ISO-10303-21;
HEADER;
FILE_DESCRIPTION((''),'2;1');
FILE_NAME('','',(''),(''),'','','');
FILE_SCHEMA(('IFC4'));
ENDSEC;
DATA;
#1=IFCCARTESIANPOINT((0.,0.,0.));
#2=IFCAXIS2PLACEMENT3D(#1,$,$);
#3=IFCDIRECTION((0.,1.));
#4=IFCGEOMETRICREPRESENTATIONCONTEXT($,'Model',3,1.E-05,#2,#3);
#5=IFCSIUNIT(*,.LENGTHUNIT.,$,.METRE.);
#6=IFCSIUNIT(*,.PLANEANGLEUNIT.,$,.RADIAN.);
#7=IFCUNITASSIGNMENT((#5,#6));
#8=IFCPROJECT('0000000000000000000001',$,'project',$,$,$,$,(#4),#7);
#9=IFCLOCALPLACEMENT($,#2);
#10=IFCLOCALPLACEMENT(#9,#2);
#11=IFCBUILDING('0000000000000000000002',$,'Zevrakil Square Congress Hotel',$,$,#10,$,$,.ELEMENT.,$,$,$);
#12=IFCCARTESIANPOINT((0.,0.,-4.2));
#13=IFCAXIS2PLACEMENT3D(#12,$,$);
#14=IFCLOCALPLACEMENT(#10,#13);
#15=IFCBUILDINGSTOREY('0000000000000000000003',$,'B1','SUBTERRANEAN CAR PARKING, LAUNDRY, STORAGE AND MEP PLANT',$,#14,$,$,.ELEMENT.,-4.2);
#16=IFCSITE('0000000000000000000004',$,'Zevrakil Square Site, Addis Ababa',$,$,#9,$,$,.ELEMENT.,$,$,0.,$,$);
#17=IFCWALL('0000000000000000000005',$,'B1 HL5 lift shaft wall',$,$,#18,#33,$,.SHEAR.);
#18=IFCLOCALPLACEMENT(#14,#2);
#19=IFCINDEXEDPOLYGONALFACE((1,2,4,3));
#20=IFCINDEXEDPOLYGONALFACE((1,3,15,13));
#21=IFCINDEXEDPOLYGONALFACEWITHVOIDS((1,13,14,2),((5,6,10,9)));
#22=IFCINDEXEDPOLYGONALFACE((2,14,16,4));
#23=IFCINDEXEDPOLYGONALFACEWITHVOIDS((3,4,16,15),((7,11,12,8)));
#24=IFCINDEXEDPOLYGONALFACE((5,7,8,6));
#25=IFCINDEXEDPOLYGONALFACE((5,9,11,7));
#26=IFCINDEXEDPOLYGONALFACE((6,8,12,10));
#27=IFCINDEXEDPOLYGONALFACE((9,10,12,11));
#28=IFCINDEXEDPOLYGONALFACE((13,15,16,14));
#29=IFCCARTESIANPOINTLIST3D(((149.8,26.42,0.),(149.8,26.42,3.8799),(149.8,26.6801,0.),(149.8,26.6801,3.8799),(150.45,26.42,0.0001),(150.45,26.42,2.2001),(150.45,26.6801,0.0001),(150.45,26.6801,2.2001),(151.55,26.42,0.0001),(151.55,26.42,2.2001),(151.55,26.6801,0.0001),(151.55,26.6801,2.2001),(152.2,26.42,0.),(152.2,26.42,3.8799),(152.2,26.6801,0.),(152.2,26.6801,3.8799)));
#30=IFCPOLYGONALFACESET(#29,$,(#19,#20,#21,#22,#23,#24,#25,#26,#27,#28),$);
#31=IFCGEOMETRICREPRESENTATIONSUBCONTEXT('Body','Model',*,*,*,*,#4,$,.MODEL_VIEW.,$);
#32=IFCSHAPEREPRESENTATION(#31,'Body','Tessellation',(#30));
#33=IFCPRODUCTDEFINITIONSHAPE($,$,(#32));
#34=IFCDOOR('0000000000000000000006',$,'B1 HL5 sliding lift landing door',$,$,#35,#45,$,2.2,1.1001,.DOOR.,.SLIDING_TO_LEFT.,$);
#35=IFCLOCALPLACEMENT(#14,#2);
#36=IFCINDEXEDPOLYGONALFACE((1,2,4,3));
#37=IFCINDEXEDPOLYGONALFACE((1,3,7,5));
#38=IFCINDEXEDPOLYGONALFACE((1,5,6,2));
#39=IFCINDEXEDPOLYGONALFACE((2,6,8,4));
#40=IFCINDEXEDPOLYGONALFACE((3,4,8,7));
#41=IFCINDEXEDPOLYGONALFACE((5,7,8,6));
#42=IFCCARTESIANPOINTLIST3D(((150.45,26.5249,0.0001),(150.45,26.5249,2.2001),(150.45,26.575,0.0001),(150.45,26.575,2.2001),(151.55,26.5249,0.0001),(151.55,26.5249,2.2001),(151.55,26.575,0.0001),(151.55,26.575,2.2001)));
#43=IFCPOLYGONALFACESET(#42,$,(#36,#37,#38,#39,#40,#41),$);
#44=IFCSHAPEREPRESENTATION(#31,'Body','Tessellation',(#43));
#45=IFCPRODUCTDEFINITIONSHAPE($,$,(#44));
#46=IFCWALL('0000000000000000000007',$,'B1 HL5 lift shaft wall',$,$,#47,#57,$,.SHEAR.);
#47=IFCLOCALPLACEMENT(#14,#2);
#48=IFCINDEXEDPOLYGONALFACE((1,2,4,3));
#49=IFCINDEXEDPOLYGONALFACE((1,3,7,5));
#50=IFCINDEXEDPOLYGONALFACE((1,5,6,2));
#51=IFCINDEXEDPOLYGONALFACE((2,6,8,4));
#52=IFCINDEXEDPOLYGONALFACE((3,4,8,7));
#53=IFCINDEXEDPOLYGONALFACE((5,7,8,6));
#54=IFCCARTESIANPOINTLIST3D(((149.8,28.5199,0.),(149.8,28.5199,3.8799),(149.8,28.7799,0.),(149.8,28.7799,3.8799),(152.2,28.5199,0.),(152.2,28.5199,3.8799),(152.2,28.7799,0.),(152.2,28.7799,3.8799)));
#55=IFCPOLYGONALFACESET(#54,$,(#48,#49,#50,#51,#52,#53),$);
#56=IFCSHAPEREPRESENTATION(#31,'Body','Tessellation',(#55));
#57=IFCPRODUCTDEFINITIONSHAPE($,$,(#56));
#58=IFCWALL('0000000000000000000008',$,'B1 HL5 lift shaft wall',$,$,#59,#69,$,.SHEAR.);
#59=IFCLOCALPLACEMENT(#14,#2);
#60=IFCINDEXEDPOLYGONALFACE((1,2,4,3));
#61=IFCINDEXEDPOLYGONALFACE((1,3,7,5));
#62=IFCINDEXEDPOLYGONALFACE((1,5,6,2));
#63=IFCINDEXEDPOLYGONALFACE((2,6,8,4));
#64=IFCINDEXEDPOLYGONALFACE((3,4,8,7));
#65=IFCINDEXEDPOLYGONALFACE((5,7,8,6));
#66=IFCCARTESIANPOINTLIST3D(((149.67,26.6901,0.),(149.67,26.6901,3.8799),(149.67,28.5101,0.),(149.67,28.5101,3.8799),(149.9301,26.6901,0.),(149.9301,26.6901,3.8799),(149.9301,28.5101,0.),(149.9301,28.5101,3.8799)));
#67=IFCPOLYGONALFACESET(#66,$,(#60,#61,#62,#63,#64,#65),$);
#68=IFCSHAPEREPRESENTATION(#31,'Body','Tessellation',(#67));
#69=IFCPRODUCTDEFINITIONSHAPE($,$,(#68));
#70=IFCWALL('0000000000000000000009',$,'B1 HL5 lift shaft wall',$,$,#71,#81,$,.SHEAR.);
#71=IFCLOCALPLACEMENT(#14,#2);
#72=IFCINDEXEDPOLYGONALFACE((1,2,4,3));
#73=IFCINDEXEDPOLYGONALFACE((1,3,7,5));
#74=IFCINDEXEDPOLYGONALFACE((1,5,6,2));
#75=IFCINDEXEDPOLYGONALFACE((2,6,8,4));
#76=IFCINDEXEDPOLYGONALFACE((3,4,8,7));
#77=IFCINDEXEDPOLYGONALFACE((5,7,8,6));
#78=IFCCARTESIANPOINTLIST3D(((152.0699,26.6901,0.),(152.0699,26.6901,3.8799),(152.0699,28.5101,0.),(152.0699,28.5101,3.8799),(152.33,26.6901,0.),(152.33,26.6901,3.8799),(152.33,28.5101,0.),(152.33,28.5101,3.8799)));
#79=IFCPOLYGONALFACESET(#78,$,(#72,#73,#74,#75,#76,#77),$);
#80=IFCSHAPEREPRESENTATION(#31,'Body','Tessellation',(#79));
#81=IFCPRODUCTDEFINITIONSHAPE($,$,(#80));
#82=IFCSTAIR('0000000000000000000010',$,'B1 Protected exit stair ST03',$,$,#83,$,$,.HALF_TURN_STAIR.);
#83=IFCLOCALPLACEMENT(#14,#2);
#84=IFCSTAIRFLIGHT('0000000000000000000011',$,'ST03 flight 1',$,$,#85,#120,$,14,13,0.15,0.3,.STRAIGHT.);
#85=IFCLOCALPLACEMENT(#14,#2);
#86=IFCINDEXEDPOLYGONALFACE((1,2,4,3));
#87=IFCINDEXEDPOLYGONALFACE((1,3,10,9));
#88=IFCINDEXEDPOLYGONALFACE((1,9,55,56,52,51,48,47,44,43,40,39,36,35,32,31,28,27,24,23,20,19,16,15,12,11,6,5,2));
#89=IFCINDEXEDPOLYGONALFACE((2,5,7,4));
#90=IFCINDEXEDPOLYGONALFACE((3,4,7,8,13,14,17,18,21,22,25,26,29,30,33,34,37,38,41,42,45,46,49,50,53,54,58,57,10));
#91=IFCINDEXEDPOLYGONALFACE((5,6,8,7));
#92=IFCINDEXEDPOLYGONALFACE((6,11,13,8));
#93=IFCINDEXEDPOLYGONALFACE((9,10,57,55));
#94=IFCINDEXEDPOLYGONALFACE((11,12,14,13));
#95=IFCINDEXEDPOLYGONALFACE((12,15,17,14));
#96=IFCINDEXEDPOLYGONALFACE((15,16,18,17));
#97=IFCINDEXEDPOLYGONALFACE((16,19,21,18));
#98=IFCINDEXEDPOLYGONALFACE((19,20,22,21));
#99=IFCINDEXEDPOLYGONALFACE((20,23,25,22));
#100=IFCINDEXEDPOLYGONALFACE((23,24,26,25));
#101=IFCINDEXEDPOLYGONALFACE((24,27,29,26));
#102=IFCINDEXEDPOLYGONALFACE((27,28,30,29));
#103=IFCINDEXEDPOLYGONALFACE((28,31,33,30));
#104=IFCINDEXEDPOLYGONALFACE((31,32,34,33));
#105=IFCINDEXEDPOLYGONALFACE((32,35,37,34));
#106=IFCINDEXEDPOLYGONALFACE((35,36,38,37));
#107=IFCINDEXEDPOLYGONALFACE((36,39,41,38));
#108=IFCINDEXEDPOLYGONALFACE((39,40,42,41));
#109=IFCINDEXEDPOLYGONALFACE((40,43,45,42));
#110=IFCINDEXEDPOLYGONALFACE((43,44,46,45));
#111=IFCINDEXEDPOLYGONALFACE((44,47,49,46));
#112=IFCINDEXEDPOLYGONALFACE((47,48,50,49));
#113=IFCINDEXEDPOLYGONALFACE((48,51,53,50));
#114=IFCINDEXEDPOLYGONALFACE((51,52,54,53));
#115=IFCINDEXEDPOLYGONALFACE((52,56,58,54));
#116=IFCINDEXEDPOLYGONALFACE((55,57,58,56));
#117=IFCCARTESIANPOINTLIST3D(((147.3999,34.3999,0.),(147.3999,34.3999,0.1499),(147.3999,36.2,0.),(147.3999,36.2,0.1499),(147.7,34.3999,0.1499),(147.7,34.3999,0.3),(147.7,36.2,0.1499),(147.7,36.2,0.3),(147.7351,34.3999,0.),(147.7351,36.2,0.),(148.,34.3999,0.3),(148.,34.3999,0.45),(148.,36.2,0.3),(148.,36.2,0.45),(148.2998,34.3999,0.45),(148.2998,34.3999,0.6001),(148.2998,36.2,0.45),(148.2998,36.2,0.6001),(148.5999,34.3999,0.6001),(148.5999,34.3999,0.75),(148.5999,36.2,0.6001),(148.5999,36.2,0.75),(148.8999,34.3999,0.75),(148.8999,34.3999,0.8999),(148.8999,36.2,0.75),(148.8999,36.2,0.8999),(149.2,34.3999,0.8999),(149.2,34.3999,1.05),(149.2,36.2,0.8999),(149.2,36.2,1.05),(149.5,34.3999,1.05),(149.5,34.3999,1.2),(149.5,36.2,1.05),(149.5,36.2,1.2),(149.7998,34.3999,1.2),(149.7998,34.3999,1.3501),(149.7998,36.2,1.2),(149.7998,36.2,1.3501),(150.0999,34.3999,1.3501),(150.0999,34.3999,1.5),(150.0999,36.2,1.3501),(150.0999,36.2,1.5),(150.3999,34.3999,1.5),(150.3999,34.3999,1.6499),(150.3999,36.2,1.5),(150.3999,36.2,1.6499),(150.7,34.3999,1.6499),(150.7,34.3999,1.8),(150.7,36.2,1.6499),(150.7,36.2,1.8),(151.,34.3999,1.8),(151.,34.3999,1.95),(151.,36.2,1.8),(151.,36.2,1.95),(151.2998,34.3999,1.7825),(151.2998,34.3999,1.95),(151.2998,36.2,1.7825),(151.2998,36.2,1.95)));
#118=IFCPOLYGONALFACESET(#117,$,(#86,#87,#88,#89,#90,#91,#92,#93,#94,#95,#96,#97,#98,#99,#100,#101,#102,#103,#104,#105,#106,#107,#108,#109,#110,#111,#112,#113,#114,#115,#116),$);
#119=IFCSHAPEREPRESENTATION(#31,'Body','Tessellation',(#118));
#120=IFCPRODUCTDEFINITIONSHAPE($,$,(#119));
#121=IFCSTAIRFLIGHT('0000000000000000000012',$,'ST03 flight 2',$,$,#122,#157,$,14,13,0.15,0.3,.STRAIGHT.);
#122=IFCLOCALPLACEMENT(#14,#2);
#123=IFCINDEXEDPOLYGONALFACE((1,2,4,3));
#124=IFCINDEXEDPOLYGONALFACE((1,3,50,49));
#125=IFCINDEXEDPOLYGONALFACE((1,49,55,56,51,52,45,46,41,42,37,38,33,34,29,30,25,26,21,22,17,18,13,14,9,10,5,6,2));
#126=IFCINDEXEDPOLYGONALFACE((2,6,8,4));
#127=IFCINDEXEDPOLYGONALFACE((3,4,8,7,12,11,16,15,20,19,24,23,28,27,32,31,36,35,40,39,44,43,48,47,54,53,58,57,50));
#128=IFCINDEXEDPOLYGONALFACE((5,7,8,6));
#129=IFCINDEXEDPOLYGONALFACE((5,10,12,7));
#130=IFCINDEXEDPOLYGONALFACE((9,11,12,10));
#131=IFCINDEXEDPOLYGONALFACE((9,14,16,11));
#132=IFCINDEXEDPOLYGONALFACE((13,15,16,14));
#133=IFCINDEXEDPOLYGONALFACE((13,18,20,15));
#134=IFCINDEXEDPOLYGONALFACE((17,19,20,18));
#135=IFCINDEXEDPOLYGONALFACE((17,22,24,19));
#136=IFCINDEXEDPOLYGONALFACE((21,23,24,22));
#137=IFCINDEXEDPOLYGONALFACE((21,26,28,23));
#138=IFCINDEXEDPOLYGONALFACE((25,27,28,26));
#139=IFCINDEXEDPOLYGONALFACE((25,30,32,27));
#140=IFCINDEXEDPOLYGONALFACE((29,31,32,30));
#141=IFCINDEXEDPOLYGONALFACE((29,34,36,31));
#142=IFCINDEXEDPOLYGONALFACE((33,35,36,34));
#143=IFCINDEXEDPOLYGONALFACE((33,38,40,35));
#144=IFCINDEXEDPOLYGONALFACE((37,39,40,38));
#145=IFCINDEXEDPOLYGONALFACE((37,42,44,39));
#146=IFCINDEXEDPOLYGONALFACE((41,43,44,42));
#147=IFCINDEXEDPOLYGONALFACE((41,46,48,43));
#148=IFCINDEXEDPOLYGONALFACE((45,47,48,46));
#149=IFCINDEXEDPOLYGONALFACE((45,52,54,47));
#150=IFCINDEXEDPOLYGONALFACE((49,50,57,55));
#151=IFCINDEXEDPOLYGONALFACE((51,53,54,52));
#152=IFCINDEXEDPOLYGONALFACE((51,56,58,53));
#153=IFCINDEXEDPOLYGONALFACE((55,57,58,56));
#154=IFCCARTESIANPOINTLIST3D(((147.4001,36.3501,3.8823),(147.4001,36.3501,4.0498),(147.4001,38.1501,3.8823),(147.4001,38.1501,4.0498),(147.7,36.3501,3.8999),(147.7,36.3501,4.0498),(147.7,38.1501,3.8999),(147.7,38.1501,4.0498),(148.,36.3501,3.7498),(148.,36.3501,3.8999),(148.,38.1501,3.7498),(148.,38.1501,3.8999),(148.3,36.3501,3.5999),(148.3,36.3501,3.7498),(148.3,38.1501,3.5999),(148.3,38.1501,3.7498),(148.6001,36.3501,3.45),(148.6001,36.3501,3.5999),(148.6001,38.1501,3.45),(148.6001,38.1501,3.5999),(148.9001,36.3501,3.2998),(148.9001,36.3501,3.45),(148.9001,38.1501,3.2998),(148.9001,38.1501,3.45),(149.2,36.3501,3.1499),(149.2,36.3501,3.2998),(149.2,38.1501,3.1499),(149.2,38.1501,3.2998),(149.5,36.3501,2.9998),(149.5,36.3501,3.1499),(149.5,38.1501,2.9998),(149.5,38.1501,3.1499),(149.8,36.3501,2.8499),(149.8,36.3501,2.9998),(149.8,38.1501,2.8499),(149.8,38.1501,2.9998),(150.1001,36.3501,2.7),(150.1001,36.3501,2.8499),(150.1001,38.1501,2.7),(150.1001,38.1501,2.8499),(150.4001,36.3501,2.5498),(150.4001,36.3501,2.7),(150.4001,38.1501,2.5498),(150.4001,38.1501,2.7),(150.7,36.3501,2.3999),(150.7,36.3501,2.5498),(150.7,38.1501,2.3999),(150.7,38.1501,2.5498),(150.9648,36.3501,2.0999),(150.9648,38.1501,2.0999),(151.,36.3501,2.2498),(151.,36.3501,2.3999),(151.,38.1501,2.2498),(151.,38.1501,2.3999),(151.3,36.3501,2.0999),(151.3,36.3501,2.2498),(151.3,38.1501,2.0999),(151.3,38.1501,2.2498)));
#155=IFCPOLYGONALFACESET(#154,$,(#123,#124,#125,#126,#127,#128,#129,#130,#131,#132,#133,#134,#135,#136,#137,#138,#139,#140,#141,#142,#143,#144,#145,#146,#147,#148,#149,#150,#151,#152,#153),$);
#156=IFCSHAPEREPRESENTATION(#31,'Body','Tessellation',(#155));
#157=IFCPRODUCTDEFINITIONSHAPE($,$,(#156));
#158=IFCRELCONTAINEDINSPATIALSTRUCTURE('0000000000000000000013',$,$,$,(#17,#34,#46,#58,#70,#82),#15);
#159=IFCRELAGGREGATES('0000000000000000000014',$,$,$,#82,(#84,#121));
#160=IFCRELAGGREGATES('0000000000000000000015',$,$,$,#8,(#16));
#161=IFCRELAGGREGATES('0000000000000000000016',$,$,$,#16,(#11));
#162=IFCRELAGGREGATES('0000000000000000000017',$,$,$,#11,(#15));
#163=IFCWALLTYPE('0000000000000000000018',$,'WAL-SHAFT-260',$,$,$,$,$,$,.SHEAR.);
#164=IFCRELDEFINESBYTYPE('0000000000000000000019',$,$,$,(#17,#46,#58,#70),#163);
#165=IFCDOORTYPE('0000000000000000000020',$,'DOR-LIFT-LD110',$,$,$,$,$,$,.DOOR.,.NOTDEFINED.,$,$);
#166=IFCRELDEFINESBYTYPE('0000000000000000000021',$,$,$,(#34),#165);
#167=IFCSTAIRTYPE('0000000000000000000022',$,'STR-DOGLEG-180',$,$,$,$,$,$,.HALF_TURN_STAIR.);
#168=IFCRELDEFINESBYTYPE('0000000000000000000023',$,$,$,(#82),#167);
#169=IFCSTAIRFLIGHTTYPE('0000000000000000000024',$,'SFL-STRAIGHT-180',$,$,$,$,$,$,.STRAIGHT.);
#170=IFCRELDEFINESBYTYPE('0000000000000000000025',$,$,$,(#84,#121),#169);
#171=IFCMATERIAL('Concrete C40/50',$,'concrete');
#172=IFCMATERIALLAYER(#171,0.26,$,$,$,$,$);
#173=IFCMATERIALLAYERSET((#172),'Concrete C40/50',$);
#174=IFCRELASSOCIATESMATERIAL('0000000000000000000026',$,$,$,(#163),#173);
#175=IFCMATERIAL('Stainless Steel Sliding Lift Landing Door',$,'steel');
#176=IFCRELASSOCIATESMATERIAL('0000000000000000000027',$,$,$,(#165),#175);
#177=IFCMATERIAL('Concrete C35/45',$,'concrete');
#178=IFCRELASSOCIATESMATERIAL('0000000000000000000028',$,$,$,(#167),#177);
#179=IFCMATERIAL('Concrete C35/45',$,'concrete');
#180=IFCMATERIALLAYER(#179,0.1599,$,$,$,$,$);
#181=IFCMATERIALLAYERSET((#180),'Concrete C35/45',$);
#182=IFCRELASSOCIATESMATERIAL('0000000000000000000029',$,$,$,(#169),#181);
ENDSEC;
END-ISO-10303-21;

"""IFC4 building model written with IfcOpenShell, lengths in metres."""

from ifc_helpers import new_model, si_unit, direction, frame, frame_2d, origin, place, context, subcontext, project, spatial, polyline, rectangle, outline, extrude, material, layer, layer_set, type_object, element, fill, aggregate, save


model = new_model("IFC4")

# Units and contexts
model_context = context("Model", 3, precision=1e-05, world=origin(), true_north=direction((0.0, 1.0)))
body_context = subcontext(model_context, "Body", "Model", "MODEL_VIEW")
ifc_project = project(units=[si_unit("LENGTHUNIT", "METRE"), si_unit("PLANEANGLEUNIT", "RADIAN")], contexts=[model_context])

# Site, building, storey
site_placement = place(None, origin())
site = spatial("IfcSite", under=ifc_project, at=site_placement, Name="Zevrakil Square Site, Addis Ababa", CompositionType="ELEMENT", RefElevation=0.0)
building_placement = place(site_placement, origin())
building = spatial("IfcBuilding", under=site, at=building_placement, Name="Zevrakil Square Congress Hotel", CompositionType="ELEMENT")
storey_placement = place(building_placement, frame((0.0, 0.0, -4.2)))
storey = spatial("IfcBuildingStorey", under=building, at=storey_placement, Name="B1", Description="SUBTERRANEAN CAR PARKING, LAUNDRY, STORAGE AND MEP PLANT", CompositionType="ELEMENT", Elevation=-4.2)

# Shared definitions
ifc_material_1 = material(Name="Concrete C40/50", Category="concrete")
ifc_layer_1 = layer(ifc_material_1, 0.26)
ifc_layer_set_1 = layer_set([ifc_layer_1], Name="Concrete C40/50")
wall_type_1 = type_object("IfcWallType", Name="WAL-SHAFT-260", PredefinedType="SHEAR", material=ifc_layer_set_1)

# Wall, opening, door
wall_1_placement = place(storey_placement, frame((149.8, 26.55, 0.0), z_axis=(0.0, 0.0, 1.0), x_axis=(1.0, 0.0, 0.0)))
wall_1 = element("IfcWall", 1, at=wall_1_placement, inside=storey, type_object=wall_type_1, Name="B1 HL5 lift shaft wall", PredefinedType="SHEAR", context=body_context, shape_type="SweptSolid", body=[
    extrude(rectangle(XDim=2.3999, YDim=0.26, at=frame_2d((1.2, 0.0))), origin(), (0.0, 0.0, 1.0), 3.8799),
])
opening_placement = place(wall_1_placement, frame((0.6499, 0.0, 0.0)))
opening = element("IfcOpeningElement", 2, at=opening_placement, cuts=wall_1, PredefinedType="OPENING", context=body_context, shape_type="SweptSolid", body=[
    extrude(rectangle(XDim=1.1001, YDim=2.2, at=frame_2d((0.55, 1.1001))), frame((0.0, 0.1401, 0.0), z_axis=(0.0, -1.0, 0.0), x_axis=(1.0, 0.0, 0.0)), (0.0, 0.0, 1.0), 0.28),
])
ifc_material_2 = material(Name="Stainless Steel Sliding Lift Landing Door", Category="steel")
door_type = type_object("IfcDoorType", Name="DOR-LIFT-LD110", OperationType="NOTDEFINED", PredefinedType="DOOR", material=ifc_material_2)
door_placement = place(opening_placement, origin())
door = element("IfcDoor", 3, at=door_placement, inside=storey, type_object=door_type, Name="B1 HL5 sliding lift landing door", OperationType="SLIDING_TO_LEFT", OverallHeight=2.2, OverallWidth=1.1001, PredefinedType="DOOR", context=body_context, shape_type="SweptSolid", body=[
    extrude(rectangle(XDim=1.1001, YDim=2.2, at=frame_2d((0.55, 1.1001))), frame((0.0, 0.0249, 0.0), z_axis=(0.0, -1.0, 0.0), x_axis=(1.0, 0.0, 0.0)), (0.0, 0.0, 1.0), 0.05),
])
fill(opening, door)

# Walls
wall_2_placement = place(storey_placement, frame((149.8, 28.6499, 0.0), z_axis=(0.0, 0.0, 1.0), x_axis=(1.0, 0.0, 0.0)))
element("IfcWall", 4, at=wall_2_placement, inside=storey, type_object=wall_type_1, Name="B1 HL5 lift shaft wall", PredefinedType="SHEAR", context=body_context, shape_type="SweptSolid", body=[
    extrude(rectangle(XDim=2.3999, YDim=0.26, at=frame_2d((1.2, 0.0))), origin(), (0.0, 0.0, 1.0), 3.8799),
])
for number, where, z_axis, x_axis, name in (
    (5, (149.8, 26.6899, 0.0), (0.0, 0.0, 1.0), (0.0, 1.0, 0.0), "B1 HL5 lift shaft wall"),
    (6, (152.2, 26.6899, 0.0), (0.0, 0.0, 1.0), (0.0, 1.0, 0.0), "B1 HL5 lift shaft wall"),
):
    element("IfcWall", number, at=place(storey_placement, frame(where, z_axis=z_axis, x_axis=x_axis)), inside=storey, type_object=wall_type_1, Name=name, PredefinedType="SHEAR", context=body_context, shape_type="SweptSolid", body=[
        extrude(rectangle(XDim=1.8201, YDim=0.26, at=frame_2d((0.9102, 0.0))), origin(), (0.0, 0.0, 1.0), 3.8799),
    ])

# Stair, stair flights
ifc_material_3 = material(Name="Concrete C35/45", Category="concrete")
stair_type = type_object("IfcStairType", Name="STR-DOGLEG-180", PredefinedType="HALF_TURN_STAIR", material=ifc_material_3)
stair_placement = place(storey_placement, origin())
stair = element("IfcStair", 7, at=stair_placement, inside=storey, type_object=stair_type, Name="B1 Protected exit stair ST03", PredefinedType="HALF_TURN_STAIR")
ifc_material_4 = material(Name="Concrete C35/45", Category="concrete")
ifc_layer_2 = layer(ifc_material_4, 0.1599)
ifc_layer_set_2 = layer_set([ifc_layer_2], Name="Concrete C35/45")
stair_flight_type = type_object("IfcStairFlightType", Name="SFL-STRAIGHT-180", PredefinedType="STRAIGHT", material=ifc_layer_set_2)
stair_flight_1_placement = place(storey_placement, frame((147.3999, 35.3, 0.0), z_axis=(0.0, 0.0, 1.0), x_axis=(1.0, 0.0, 0.0)))
stair_flight_1 = element("IfcStairFlight", 8, at=stair_flight_1_placement, type_object=stair_flight_type, Name="ST03 flight 1", NumberOfRisers=14, NumberOfTreads=13, PredefinedType="STRAIGHT", RiserHeight=0.15, TreadLength=0.3, context=body_context, shape_type="SweptSolid", body=[
    extrude(outline(polyline([(0.0, 0.0), (0.0, 0.1499), (0.3, 0.1499), (0.3, 0.3), (0.6001, 0.3), (0.6001, 0.45), (0.8999, 0.45), (0.8999, 0.6001), (1.2, 0.6001), (1.2, 0.75), (1.5, 0.75), (1.5, 0.8999), (1.8, 0.8999), (1.8, 1.05), (2.1001, 1.05), (2.1001, 1.2), (2.3999, 1.2), (2.3999, 1.3501), (2.7, 1.3501), (2.7, 1.5), (3.0, 1.5), (3.0, 1.6499), (3.3, 1.6499), (3.3, 1.8), (3.6001, 1.8), (3.6001, 1.95), (3.8999, 1.95), (3.8999, 2.1001), (3.8999, 1.7825), (0.3352, 0.0), (0.0, 0.0)])), frame((0.0, 0.8999, 0.0), z_axis=(0.0, -1.0, 0.0), x_axis=(1.0, 0.0, 0.0)), (0.0, 0.0, 1.0), 1.8),
])
stair_flight_2_placement = place(storey_placement, frame((151.3, 37.25, 2.0999), z_axis=(0.0, 0.0, 1.0), x_axis=(-1.0, 0.0, 0.0)))
stair_flight_2 = element("IfcStairFlight", 9, at=stair_flight_2_placement, type_object=stair_flight_type, Name="ST03 flight 2", NumberOfRisers=14, NumberOfTreads=13, PredefinedType="STRAIGHT", RiserHeight=0.15, TreadLength=0.3, context=body_context, shape_type="SweptSolid", body=[
    extrude(outline(polyline([(0.0, 0.0), (0.0, 0.1499), (0.3, 0.1499), (0.3, 0.3), (0.6001, 0.3), (0.6001, 0.45), (0.8999, 0.45), (0.8999, 0.6001), (1.2, 0.6001), (1.2, 0.75), (1.5, 0.75), (1.5, 0.8999), (1.8, 0.8999), (1.8, 1.05), (2.1001, 1.05), (2.1001, 1.2), (2.3999, 1.2), (2.3999, 1.3501), (2.7, 1.3501), (2.7, 1.5), (3.0, 1.5), (3.0, 1.6499), (3.3, 1.6499), (3.3, 1.8), (3.6001, 1.8), (3.6001, 1.95), (3.8999, 1.95), (3.8999, 2.1001), (3.8999, 1.7825), (0.3352, 0.0), (0.0, 0.0)])), frame((0.0, 0.8999, 0.0), z_axis=(0.0, -1.0, 0.0), x_axis=(1.0, 0.0, 0.0)), (0.0, 0.0, 1.0), 1.8),
])
aggregate(stair, [stair_flight_1, stair_flight_2])

save(model, "model.ifc")
